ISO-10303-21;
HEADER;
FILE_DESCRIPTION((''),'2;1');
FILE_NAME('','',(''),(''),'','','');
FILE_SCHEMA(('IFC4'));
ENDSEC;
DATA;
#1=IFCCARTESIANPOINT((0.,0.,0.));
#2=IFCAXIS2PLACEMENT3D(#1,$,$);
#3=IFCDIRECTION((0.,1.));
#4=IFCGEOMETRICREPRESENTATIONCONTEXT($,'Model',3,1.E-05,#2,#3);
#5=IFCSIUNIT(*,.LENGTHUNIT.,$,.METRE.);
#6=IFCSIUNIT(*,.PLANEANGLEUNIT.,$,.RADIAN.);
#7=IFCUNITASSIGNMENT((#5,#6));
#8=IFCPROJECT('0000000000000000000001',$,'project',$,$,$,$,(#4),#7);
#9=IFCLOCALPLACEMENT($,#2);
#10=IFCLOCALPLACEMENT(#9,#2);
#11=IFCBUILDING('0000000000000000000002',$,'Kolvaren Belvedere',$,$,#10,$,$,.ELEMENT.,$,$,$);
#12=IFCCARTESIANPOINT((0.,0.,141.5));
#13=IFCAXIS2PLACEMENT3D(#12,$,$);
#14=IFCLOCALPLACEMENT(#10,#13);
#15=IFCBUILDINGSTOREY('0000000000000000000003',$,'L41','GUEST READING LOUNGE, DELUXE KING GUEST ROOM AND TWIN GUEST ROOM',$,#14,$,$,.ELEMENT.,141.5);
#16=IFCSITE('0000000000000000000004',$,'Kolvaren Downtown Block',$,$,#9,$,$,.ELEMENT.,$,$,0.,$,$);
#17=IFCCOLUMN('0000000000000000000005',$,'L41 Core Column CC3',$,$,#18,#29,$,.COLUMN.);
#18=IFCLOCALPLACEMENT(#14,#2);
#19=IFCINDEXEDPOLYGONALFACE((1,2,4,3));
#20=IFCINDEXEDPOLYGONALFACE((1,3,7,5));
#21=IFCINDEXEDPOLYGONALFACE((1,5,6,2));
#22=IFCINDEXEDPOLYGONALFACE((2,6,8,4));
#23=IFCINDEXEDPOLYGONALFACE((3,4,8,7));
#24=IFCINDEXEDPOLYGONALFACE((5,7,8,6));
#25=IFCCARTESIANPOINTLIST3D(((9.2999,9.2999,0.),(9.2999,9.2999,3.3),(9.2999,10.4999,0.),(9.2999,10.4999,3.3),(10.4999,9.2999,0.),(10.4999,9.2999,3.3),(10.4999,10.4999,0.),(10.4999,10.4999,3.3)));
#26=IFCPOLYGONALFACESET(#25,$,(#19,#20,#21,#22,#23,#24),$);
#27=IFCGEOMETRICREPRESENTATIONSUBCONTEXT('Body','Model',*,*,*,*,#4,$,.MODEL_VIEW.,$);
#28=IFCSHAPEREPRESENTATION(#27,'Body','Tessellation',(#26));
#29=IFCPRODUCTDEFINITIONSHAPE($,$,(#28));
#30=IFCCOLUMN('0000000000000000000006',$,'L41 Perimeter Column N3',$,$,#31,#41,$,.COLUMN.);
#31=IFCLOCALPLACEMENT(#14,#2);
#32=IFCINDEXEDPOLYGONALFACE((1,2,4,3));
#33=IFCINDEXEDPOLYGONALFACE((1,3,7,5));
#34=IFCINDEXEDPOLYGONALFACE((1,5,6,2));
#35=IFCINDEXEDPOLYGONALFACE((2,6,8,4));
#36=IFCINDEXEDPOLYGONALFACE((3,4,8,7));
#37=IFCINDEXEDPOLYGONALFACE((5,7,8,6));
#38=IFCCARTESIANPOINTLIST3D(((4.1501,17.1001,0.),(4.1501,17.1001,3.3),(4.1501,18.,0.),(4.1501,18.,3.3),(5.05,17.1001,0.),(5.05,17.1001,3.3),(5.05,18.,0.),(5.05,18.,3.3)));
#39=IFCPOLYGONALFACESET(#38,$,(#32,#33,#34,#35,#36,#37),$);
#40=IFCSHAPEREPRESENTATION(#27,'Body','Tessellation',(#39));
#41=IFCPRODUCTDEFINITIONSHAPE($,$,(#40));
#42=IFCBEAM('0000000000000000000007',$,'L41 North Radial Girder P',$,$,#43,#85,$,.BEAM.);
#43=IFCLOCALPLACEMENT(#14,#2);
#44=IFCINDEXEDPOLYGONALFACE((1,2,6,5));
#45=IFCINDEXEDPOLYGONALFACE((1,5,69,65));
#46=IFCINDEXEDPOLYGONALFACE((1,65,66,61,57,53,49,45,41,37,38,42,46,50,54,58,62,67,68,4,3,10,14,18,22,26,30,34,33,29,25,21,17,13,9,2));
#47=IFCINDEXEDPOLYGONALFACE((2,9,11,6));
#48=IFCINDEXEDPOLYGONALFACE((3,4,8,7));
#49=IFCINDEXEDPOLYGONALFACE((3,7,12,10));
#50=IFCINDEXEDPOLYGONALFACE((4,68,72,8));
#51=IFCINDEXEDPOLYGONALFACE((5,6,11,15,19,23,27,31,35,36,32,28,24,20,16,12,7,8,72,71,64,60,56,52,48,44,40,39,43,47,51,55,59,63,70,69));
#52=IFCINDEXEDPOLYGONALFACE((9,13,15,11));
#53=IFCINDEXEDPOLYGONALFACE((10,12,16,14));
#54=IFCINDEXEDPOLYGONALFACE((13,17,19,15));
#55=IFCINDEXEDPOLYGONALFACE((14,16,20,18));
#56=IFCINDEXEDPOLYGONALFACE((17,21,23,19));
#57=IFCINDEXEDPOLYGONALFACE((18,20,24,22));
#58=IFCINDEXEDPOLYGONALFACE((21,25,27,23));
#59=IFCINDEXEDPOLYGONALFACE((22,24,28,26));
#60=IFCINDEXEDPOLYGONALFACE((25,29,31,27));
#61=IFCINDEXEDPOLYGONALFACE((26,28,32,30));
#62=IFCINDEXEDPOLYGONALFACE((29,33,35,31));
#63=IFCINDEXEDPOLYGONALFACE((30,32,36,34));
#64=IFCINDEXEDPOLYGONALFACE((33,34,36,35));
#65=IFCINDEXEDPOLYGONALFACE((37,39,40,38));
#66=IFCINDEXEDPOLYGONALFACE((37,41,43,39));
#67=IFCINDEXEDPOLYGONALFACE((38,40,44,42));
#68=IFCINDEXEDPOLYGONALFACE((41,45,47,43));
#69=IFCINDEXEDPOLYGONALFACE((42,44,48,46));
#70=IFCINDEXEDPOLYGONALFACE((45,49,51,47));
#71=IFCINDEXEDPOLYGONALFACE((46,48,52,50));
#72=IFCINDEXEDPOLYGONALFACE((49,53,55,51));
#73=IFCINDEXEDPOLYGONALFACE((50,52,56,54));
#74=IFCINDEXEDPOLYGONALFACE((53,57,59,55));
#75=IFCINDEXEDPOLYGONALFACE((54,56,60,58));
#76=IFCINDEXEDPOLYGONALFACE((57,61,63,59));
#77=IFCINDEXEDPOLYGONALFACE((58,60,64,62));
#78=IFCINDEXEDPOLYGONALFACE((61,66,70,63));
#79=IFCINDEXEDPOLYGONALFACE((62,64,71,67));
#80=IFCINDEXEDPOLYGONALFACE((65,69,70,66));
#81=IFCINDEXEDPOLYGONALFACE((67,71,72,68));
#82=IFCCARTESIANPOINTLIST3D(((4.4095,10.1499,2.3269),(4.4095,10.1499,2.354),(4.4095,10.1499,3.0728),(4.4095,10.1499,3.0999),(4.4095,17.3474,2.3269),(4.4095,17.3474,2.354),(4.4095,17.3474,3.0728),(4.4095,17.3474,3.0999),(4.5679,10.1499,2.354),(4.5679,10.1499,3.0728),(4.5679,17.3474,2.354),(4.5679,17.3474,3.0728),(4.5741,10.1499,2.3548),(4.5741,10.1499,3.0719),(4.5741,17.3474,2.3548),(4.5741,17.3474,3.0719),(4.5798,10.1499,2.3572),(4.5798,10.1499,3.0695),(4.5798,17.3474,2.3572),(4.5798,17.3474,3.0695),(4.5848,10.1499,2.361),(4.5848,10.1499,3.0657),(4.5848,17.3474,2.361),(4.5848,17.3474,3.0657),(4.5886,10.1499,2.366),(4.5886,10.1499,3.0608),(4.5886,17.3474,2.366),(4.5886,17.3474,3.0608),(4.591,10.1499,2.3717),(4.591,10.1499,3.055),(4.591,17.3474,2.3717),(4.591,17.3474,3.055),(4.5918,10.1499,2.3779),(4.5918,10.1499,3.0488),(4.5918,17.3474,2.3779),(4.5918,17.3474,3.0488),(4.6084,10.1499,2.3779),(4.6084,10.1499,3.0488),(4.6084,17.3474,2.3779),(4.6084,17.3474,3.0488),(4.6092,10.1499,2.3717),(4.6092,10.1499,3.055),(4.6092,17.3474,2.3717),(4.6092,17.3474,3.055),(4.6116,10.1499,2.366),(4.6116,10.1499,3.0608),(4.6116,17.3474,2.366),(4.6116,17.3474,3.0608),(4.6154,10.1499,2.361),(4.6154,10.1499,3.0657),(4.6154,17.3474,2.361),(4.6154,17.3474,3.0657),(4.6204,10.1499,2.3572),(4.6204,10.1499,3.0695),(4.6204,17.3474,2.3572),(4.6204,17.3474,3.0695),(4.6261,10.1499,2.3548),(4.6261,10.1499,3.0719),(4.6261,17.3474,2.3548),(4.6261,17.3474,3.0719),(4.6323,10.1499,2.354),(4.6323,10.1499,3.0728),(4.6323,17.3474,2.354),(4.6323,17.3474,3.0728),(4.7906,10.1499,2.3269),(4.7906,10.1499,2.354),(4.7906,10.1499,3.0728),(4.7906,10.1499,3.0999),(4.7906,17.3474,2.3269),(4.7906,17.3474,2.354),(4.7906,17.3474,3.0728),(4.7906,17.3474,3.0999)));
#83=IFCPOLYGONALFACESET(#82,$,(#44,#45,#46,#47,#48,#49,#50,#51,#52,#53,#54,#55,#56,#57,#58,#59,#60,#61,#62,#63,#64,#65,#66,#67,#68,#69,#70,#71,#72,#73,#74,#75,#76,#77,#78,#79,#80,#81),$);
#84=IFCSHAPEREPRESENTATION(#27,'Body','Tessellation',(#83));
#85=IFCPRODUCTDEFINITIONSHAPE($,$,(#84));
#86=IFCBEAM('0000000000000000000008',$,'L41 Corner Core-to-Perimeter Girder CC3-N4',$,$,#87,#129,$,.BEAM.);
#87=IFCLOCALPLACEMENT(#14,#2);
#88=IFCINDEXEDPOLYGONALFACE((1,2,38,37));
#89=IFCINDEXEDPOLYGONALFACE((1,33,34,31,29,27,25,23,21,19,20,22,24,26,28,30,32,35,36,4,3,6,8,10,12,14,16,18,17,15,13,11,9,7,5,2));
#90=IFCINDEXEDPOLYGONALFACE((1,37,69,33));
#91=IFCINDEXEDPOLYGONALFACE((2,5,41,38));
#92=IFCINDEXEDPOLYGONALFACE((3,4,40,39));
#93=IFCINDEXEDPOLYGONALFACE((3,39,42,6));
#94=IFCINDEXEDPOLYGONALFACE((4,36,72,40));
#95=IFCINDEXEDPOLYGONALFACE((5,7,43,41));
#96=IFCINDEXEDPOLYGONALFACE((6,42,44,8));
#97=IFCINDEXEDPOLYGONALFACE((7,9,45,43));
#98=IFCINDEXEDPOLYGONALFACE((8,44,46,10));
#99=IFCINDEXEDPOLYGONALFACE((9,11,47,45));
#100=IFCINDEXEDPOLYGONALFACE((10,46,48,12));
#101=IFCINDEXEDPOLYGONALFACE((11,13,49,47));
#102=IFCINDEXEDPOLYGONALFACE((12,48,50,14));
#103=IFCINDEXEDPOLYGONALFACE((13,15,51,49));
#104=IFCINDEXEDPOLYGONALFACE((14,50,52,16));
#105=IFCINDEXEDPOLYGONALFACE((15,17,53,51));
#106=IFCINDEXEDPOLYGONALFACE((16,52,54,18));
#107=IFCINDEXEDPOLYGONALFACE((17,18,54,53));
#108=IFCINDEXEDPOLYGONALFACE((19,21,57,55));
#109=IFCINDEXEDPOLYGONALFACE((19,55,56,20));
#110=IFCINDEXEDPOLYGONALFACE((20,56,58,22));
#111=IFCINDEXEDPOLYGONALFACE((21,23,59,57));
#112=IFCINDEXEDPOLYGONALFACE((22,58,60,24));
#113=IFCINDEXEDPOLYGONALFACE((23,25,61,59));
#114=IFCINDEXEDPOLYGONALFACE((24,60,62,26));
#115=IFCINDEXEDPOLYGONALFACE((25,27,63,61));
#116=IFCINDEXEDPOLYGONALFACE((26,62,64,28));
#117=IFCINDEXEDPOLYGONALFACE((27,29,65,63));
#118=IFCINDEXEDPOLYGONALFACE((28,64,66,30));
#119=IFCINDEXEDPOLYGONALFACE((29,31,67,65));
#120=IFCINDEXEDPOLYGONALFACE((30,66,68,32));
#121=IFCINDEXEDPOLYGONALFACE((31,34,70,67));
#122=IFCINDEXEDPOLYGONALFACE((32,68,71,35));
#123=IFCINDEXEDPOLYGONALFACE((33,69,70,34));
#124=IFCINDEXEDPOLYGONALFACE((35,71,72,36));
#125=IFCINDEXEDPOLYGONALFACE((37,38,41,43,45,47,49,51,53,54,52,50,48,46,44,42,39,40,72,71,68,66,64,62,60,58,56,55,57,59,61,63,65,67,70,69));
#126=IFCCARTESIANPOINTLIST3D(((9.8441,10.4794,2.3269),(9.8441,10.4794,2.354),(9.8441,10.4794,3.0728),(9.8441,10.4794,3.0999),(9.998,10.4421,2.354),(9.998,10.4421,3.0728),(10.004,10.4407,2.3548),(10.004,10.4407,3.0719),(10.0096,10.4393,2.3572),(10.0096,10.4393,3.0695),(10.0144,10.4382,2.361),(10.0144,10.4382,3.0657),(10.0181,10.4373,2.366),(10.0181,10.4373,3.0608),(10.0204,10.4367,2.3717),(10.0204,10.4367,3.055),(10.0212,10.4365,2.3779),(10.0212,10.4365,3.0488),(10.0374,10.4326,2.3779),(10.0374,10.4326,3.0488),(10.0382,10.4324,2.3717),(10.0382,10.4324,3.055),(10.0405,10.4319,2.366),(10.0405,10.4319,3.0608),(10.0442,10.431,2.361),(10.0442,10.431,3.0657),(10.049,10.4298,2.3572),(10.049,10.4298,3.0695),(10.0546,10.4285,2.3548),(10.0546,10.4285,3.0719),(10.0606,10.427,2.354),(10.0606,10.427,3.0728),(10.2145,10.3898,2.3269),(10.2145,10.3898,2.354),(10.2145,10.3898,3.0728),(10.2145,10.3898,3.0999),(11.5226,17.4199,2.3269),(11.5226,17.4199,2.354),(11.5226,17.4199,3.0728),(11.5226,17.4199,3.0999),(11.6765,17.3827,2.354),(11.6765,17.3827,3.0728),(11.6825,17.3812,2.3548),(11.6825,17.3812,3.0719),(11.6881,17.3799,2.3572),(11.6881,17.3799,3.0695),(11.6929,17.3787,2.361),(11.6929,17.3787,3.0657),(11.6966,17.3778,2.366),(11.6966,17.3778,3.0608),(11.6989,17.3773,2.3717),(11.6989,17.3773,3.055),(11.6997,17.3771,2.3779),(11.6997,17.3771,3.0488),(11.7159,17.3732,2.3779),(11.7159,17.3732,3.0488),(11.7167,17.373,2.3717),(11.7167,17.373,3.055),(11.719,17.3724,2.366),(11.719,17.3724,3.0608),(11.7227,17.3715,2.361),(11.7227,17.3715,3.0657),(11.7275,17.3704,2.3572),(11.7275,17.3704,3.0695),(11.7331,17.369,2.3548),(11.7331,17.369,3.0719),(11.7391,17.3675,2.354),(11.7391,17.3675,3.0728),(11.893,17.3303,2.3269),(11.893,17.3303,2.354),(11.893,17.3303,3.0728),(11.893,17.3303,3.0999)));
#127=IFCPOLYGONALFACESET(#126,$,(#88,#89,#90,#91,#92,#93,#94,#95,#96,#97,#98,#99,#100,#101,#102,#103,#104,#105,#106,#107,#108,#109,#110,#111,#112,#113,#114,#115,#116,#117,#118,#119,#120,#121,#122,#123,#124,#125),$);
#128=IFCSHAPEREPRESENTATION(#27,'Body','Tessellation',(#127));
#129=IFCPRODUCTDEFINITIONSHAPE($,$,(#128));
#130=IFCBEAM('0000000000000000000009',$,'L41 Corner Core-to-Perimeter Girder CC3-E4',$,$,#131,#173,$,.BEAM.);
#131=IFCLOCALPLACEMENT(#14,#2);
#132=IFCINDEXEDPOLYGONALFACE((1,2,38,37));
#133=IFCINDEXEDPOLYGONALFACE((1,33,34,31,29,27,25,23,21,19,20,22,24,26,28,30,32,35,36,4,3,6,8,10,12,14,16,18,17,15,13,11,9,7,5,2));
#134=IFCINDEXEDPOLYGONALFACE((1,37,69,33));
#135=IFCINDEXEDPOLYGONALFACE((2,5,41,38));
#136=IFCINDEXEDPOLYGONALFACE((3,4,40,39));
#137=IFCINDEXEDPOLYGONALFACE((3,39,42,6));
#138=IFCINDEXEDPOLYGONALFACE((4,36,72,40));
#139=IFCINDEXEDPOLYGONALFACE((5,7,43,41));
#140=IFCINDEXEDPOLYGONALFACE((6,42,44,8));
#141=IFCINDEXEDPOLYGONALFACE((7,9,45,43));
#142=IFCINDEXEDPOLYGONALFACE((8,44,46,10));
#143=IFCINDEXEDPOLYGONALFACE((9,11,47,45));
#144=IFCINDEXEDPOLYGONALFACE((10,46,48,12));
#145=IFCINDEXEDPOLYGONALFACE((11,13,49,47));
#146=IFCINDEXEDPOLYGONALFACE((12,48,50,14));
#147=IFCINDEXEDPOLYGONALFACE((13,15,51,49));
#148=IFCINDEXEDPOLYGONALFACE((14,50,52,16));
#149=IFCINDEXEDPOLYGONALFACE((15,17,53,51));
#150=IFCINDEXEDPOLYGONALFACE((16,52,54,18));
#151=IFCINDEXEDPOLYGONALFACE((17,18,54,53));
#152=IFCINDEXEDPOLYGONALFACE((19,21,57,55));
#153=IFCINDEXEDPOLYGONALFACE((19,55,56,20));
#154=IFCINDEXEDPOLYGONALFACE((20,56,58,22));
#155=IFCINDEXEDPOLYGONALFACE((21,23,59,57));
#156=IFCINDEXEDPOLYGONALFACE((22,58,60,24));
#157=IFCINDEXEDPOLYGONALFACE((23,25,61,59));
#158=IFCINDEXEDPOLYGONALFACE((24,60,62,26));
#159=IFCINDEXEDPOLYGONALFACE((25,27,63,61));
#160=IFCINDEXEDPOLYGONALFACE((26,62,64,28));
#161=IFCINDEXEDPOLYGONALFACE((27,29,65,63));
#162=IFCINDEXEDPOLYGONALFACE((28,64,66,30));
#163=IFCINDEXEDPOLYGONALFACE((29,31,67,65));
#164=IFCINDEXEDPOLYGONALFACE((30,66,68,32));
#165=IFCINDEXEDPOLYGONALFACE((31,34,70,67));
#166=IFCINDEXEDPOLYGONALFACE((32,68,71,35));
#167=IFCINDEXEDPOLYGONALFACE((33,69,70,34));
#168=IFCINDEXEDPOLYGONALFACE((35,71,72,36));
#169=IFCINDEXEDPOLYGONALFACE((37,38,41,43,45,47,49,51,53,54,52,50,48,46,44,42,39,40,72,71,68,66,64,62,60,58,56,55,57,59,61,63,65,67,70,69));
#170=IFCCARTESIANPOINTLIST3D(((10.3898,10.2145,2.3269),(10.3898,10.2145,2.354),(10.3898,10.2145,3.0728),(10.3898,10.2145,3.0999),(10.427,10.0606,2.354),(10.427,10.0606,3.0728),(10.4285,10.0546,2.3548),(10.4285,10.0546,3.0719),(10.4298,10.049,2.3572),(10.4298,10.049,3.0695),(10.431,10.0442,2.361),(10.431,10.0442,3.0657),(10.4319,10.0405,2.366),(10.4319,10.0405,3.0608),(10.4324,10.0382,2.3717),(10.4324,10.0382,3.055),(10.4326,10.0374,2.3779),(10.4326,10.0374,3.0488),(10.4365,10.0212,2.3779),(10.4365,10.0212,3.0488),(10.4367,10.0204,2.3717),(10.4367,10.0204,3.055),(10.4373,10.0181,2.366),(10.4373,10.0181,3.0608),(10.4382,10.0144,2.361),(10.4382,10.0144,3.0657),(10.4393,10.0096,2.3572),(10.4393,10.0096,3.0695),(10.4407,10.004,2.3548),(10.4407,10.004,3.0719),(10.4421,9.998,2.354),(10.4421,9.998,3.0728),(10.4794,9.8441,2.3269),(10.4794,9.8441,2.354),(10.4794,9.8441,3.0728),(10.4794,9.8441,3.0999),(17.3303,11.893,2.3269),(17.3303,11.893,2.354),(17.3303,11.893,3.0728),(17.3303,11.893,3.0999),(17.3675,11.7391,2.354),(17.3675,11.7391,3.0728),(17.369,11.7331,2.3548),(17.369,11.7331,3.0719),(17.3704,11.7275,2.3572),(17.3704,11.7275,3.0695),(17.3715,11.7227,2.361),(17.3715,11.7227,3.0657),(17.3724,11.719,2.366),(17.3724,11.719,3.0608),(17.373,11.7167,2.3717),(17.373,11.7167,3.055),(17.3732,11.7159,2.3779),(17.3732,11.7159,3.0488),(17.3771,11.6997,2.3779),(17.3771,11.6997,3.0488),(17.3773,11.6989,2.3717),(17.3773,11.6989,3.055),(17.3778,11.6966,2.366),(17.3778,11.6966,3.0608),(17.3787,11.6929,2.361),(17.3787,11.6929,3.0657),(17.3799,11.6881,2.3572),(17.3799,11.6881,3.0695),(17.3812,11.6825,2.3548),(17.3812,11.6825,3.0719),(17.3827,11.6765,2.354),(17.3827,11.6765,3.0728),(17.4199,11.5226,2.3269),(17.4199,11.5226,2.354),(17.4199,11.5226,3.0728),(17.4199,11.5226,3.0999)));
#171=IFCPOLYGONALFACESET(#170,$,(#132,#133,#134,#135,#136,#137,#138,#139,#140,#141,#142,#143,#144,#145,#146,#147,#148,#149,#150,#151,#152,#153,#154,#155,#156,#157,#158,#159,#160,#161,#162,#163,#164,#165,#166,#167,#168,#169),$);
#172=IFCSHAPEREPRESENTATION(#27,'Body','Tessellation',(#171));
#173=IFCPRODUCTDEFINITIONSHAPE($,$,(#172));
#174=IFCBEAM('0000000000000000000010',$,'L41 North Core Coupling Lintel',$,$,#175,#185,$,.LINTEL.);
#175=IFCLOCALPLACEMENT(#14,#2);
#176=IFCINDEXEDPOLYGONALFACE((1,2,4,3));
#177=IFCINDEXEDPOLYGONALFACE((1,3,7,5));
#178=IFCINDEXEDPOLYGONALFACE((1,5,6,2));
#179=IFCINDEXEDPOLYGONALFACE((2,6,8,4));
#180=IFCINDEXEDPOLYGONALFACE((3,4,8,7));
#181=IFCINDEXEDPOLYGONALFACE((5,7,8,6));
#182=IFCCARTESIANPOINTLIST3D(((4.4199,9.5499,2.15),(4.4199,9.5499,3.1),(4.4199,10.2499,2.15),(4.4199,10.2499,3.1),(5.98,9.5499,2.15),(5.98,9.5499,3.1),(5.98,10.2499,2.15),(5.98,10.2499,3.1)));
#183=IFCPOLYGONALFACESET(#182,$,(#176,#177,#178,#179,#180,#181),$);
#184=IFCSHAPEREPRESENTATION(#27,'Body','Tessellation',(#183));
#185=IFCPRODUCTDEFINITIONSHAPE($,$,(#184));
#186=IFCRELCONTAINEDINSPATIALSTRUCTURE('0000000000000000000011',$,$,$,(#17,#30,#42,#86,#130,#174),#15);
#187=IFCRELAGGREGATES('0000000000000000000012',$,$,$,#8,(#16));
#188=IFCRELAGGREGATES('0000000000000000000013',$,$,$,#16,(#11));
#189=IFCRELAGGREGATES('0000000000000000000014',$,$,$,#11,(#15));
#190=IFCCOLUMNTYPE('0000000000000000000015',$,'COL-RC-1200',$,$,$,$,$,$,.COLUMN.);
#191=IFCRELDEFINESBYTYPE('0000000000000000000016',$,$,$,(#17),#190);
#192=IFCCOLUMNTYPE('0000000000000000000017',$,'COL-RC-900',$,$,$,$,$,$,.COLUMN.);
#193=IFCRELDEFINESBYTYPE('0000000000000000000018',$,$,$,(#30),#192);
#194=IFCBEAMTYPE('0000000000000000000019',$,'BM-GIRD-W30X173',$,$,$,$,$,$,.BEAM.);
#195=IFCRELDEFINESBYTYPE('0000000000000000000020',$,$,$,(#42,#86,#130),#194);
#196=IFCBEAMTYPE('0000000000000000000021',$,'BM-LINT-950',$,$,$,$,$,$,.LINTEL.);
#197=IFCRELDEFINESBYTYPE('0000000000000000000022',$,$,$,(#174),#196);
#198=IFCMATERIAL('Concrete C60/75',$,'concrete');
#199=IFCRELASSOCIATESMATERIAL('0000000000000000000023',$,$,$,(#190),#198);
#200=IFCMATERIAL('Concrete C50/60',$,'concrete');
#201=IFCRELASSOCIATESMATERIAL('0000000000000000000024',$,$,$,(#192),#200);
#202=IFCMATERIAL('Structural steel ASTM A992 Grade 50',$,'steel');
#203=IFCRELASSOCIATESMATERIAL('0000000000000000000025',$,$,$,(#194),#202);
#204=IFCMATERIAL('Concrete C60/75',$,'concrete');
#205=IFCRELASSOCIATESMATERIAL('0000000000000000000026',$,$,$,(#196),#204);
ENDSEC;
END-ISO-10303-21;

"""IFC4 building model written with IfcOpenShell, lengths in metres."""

from ifc_helpers import new_model, si_unit, direction, frame, origin, origin_2d, place, context, subcontext, project, spatial, rectangle, i_section, extrude, material, material_profile, profile_set, type_object, element, save


model = new_model("IFC4")

# Units and contexts
model_context = context("Model", 3, precision=1e-05, world=origin(), true_north=direction((0.0, 1.0)))
body_context = subcontext(model_context, "Body", "Model", "MODEL_VIEW")
ifc_project = project(units=[si_unit("LENGTHUNIT", "METRE"), si_unit("PLANEANGLEUNIT", "RADIAN")], contexts=[model_context])

# Site, building, storey
site_placement = place(None, origin())
site = spatial("IfcSite", under=ifc_project, at=site_placement, Name="Kolvaren Downtown Block", CompositionType="ELEMENT", RefElevation=0.0)
building_placement = place(site_placement, origin())
building = spatial("IfcBuilding", under=site, at=building_placement, Name="Kolvaren Belvedere", CompositionType="ELEMENT")
storey_placement = place(building_placement, frame((0.0, 0.0, 141.5)))
storey = spatial("IfcBuildingStorey", under=building, at=storey_placement, Name="L41", Description="GUEST READING LOUNGE, DELUXE KING GUEST ROOM AND TWIN GUEST ROOM", CompositionType="ELEMENT", Elevation=141.5)

# Columns
ifc_material_1 = material(Name="Concrete C60/75", Category="concrete")
ifc_material_profile_1 = material_profile(ifc_material_1, rectangle(XDim=1.2, YDim=1.2, at=origin_2d()), Name="RC 1200X1200")
ifc_profile_set_1 = profile_set([ifc_material_profile_1], Name="Concrete C60/75")
column_type_1 = type_object("IfcColumnType", Name="COL-RC-1200", PredefinedType="COLUMN", material=ifc_profile_set_1)
column_1_placement = place(storey_placement, frame((9.8999, 9.8999, 0.0), z_axis=(0.0, 0.0, 1.0), x_axis=(1.0, 0.0, 0.0)))
element("IfcColumn", 1, at=column_1_placement, inside=storey, type_object=column_type_1, Name="L41 Core Column CC3", PredefinedType="COLUMN", context=body_context, shape_type="SweptSolid", body=[
    extrude(rectangle(XDim=1.2, YDim=1.2, at=origin_2d()), origin(), (0.0, 0.0, 1.0), 3.3),
])
ifc_material_2 = material(Name="Concrete C50/60", Category="concrete")
ifc_material_profile_2 = material_profile(ifc_material_2, rectangle(XDim=0.8999, YDim=0.8999, at=origin_2d()), Name="RC 900X900")
ifc_profile_set_2 = profile_set([ifc_material_profile_2], Name="Concrete C50/60")
column_type_2 = type_object("IfcColumnType", Name="COL-RC-900", PredefinedType="COLUMN", material=ifc_profile_set_2)
column_2_placement = place(storey_placement, frame((4.6001, 17.55, 0.0), z_axis=(0.0, 0.0, 1.0), x_axis=(1.0, 0.0, 0.0)))
element("IfcColumn", 2, at=column_2_placement, inside=storey, type_object=column_type_2, Name="L41 Perimeter Column N3", PredefinedType="COLUMN", context=body_context, shape_type="SweptSolid", body=[
    extrude(rectangle(XDim=0.8999, YDim=0.8999, at=origin_2d()), origin(), (0.0, 0.0, 1.0), 3.3),
])

# Beams
ifc_material_3 = material(Name="Structural steel ASTM A992 Grade 50", Category="steel")
ifc_material_profile_3 = material_profile(ifc_material_3, i_section(OverallWidth=0.3811, OverallDepth=0.7729, WebThickness=0.0166, FlangeThickness=0.0271, FilletRadius=0.0239, at=origin_2d()), Name="W30X173")
ifc_profile_set_3 = profile_set([ifc_material_profile_3], Name="Structural steel ASTM A992 Grade 50")
beam_type_1 = type_object("IfcBeamType", Name="BM-GIRD-W30X173", PredefinedType="BEAM", material=ifc_profile_set_3)
beam_1_placement = place(storey_placement, frame((4.6001, 10.1499, 2.7134), z_axis=(0.0, 1.0, 0.0), x_axis=(-1.0, 0.0, 0.0)))
element("IfcBeam", 3, at=beam_1_placement, inside=storey, type_object=beam_type_1, Name="L41 North Radial Girder P", PredefinedType="BEAM", context=body_context, shape_type="SweptSolid", body=[
    extrude(i_section(OverallWidth=0.3811, OverallDepth=0.7729, WebThickness=0.0166, FlangeThickness=0.0271, FilletRadius=0.0239, at=origin_2d()), origin(), (0.0, 0.0, 1.0), 7.1975),
])
for number, where, z_axis, x_axis, name in (
    (4, (10.0293, 10.4346, 2.7134), (0.235063, 0.97198, 0.0), (-0.97198, 0.235063, 0.0), "L41 Corner Core-to-Perimeter Girder CC3-N4"),
    (5, (10.4346, 10.0293, 2.7134), (0.97198, 0.235063, 0.0), (-0.235063, 0.97198, 0.0), "L41 Corner Core-to-Perimeter Girder CC3-E4"),
):
    element("IfcBeam", number, at=place(storey_placement, frame(where, z_axis=z_axis, x_axis=x_axis)), inside=storey, type_object=beam_type_1, Name=name, PredefinedType="BEAM", context=body_context, shape_type="SweptSolid", body=[
        extrude(i_section(OverallWidth=0.3811, OverallDepth=0.7729, WebThickness=0.0166, FlangeThickness=0.0271, FilletRadius=0.0239, at=origin_2d()), origin(), (0.0, 0.0, 1.0), 7.1406),
    ])
ifc_material_4 = material(Name="Concrete C60/75", Category="concrete")
ifc_material_profile_4 = material_profile(ifc_material_4, rectangle(XDim=0.7, YDim=0.95, at=origin_2d()), Name="RC 700X950")
ifc_profile_set_4 = profile_set([ifc_material_profile_4], Name="Concrete C60/75")
beam_type_2 = type_object("IfcBeamType", Name="BM-LINT-950", PredefinedType="LINTEL", material=ifc_profile_set_4)
beam_2_placement = place(storey_placement, frame((4.4199, 9.8999, 2.625), z_axis=(1.0, 0.0, 0.0), x_axis=(0.0, 1.0, 0.0)))
element("IfcBeam", 6, at=beam_2_placement, inside=storey, type_object=beam_type_2, Name="L41 North Core Coupling Lintel", PredefinedType="LINTEL", context=body_context, shape_type="SweptSolid", body=[
    extrude(rectangle(XDim=0.7, YDim=0.95, at=origin_2d()), origin(), (0.0, 0.0, 1.0), 1.5601),
])

save(model, "model.ifc")
